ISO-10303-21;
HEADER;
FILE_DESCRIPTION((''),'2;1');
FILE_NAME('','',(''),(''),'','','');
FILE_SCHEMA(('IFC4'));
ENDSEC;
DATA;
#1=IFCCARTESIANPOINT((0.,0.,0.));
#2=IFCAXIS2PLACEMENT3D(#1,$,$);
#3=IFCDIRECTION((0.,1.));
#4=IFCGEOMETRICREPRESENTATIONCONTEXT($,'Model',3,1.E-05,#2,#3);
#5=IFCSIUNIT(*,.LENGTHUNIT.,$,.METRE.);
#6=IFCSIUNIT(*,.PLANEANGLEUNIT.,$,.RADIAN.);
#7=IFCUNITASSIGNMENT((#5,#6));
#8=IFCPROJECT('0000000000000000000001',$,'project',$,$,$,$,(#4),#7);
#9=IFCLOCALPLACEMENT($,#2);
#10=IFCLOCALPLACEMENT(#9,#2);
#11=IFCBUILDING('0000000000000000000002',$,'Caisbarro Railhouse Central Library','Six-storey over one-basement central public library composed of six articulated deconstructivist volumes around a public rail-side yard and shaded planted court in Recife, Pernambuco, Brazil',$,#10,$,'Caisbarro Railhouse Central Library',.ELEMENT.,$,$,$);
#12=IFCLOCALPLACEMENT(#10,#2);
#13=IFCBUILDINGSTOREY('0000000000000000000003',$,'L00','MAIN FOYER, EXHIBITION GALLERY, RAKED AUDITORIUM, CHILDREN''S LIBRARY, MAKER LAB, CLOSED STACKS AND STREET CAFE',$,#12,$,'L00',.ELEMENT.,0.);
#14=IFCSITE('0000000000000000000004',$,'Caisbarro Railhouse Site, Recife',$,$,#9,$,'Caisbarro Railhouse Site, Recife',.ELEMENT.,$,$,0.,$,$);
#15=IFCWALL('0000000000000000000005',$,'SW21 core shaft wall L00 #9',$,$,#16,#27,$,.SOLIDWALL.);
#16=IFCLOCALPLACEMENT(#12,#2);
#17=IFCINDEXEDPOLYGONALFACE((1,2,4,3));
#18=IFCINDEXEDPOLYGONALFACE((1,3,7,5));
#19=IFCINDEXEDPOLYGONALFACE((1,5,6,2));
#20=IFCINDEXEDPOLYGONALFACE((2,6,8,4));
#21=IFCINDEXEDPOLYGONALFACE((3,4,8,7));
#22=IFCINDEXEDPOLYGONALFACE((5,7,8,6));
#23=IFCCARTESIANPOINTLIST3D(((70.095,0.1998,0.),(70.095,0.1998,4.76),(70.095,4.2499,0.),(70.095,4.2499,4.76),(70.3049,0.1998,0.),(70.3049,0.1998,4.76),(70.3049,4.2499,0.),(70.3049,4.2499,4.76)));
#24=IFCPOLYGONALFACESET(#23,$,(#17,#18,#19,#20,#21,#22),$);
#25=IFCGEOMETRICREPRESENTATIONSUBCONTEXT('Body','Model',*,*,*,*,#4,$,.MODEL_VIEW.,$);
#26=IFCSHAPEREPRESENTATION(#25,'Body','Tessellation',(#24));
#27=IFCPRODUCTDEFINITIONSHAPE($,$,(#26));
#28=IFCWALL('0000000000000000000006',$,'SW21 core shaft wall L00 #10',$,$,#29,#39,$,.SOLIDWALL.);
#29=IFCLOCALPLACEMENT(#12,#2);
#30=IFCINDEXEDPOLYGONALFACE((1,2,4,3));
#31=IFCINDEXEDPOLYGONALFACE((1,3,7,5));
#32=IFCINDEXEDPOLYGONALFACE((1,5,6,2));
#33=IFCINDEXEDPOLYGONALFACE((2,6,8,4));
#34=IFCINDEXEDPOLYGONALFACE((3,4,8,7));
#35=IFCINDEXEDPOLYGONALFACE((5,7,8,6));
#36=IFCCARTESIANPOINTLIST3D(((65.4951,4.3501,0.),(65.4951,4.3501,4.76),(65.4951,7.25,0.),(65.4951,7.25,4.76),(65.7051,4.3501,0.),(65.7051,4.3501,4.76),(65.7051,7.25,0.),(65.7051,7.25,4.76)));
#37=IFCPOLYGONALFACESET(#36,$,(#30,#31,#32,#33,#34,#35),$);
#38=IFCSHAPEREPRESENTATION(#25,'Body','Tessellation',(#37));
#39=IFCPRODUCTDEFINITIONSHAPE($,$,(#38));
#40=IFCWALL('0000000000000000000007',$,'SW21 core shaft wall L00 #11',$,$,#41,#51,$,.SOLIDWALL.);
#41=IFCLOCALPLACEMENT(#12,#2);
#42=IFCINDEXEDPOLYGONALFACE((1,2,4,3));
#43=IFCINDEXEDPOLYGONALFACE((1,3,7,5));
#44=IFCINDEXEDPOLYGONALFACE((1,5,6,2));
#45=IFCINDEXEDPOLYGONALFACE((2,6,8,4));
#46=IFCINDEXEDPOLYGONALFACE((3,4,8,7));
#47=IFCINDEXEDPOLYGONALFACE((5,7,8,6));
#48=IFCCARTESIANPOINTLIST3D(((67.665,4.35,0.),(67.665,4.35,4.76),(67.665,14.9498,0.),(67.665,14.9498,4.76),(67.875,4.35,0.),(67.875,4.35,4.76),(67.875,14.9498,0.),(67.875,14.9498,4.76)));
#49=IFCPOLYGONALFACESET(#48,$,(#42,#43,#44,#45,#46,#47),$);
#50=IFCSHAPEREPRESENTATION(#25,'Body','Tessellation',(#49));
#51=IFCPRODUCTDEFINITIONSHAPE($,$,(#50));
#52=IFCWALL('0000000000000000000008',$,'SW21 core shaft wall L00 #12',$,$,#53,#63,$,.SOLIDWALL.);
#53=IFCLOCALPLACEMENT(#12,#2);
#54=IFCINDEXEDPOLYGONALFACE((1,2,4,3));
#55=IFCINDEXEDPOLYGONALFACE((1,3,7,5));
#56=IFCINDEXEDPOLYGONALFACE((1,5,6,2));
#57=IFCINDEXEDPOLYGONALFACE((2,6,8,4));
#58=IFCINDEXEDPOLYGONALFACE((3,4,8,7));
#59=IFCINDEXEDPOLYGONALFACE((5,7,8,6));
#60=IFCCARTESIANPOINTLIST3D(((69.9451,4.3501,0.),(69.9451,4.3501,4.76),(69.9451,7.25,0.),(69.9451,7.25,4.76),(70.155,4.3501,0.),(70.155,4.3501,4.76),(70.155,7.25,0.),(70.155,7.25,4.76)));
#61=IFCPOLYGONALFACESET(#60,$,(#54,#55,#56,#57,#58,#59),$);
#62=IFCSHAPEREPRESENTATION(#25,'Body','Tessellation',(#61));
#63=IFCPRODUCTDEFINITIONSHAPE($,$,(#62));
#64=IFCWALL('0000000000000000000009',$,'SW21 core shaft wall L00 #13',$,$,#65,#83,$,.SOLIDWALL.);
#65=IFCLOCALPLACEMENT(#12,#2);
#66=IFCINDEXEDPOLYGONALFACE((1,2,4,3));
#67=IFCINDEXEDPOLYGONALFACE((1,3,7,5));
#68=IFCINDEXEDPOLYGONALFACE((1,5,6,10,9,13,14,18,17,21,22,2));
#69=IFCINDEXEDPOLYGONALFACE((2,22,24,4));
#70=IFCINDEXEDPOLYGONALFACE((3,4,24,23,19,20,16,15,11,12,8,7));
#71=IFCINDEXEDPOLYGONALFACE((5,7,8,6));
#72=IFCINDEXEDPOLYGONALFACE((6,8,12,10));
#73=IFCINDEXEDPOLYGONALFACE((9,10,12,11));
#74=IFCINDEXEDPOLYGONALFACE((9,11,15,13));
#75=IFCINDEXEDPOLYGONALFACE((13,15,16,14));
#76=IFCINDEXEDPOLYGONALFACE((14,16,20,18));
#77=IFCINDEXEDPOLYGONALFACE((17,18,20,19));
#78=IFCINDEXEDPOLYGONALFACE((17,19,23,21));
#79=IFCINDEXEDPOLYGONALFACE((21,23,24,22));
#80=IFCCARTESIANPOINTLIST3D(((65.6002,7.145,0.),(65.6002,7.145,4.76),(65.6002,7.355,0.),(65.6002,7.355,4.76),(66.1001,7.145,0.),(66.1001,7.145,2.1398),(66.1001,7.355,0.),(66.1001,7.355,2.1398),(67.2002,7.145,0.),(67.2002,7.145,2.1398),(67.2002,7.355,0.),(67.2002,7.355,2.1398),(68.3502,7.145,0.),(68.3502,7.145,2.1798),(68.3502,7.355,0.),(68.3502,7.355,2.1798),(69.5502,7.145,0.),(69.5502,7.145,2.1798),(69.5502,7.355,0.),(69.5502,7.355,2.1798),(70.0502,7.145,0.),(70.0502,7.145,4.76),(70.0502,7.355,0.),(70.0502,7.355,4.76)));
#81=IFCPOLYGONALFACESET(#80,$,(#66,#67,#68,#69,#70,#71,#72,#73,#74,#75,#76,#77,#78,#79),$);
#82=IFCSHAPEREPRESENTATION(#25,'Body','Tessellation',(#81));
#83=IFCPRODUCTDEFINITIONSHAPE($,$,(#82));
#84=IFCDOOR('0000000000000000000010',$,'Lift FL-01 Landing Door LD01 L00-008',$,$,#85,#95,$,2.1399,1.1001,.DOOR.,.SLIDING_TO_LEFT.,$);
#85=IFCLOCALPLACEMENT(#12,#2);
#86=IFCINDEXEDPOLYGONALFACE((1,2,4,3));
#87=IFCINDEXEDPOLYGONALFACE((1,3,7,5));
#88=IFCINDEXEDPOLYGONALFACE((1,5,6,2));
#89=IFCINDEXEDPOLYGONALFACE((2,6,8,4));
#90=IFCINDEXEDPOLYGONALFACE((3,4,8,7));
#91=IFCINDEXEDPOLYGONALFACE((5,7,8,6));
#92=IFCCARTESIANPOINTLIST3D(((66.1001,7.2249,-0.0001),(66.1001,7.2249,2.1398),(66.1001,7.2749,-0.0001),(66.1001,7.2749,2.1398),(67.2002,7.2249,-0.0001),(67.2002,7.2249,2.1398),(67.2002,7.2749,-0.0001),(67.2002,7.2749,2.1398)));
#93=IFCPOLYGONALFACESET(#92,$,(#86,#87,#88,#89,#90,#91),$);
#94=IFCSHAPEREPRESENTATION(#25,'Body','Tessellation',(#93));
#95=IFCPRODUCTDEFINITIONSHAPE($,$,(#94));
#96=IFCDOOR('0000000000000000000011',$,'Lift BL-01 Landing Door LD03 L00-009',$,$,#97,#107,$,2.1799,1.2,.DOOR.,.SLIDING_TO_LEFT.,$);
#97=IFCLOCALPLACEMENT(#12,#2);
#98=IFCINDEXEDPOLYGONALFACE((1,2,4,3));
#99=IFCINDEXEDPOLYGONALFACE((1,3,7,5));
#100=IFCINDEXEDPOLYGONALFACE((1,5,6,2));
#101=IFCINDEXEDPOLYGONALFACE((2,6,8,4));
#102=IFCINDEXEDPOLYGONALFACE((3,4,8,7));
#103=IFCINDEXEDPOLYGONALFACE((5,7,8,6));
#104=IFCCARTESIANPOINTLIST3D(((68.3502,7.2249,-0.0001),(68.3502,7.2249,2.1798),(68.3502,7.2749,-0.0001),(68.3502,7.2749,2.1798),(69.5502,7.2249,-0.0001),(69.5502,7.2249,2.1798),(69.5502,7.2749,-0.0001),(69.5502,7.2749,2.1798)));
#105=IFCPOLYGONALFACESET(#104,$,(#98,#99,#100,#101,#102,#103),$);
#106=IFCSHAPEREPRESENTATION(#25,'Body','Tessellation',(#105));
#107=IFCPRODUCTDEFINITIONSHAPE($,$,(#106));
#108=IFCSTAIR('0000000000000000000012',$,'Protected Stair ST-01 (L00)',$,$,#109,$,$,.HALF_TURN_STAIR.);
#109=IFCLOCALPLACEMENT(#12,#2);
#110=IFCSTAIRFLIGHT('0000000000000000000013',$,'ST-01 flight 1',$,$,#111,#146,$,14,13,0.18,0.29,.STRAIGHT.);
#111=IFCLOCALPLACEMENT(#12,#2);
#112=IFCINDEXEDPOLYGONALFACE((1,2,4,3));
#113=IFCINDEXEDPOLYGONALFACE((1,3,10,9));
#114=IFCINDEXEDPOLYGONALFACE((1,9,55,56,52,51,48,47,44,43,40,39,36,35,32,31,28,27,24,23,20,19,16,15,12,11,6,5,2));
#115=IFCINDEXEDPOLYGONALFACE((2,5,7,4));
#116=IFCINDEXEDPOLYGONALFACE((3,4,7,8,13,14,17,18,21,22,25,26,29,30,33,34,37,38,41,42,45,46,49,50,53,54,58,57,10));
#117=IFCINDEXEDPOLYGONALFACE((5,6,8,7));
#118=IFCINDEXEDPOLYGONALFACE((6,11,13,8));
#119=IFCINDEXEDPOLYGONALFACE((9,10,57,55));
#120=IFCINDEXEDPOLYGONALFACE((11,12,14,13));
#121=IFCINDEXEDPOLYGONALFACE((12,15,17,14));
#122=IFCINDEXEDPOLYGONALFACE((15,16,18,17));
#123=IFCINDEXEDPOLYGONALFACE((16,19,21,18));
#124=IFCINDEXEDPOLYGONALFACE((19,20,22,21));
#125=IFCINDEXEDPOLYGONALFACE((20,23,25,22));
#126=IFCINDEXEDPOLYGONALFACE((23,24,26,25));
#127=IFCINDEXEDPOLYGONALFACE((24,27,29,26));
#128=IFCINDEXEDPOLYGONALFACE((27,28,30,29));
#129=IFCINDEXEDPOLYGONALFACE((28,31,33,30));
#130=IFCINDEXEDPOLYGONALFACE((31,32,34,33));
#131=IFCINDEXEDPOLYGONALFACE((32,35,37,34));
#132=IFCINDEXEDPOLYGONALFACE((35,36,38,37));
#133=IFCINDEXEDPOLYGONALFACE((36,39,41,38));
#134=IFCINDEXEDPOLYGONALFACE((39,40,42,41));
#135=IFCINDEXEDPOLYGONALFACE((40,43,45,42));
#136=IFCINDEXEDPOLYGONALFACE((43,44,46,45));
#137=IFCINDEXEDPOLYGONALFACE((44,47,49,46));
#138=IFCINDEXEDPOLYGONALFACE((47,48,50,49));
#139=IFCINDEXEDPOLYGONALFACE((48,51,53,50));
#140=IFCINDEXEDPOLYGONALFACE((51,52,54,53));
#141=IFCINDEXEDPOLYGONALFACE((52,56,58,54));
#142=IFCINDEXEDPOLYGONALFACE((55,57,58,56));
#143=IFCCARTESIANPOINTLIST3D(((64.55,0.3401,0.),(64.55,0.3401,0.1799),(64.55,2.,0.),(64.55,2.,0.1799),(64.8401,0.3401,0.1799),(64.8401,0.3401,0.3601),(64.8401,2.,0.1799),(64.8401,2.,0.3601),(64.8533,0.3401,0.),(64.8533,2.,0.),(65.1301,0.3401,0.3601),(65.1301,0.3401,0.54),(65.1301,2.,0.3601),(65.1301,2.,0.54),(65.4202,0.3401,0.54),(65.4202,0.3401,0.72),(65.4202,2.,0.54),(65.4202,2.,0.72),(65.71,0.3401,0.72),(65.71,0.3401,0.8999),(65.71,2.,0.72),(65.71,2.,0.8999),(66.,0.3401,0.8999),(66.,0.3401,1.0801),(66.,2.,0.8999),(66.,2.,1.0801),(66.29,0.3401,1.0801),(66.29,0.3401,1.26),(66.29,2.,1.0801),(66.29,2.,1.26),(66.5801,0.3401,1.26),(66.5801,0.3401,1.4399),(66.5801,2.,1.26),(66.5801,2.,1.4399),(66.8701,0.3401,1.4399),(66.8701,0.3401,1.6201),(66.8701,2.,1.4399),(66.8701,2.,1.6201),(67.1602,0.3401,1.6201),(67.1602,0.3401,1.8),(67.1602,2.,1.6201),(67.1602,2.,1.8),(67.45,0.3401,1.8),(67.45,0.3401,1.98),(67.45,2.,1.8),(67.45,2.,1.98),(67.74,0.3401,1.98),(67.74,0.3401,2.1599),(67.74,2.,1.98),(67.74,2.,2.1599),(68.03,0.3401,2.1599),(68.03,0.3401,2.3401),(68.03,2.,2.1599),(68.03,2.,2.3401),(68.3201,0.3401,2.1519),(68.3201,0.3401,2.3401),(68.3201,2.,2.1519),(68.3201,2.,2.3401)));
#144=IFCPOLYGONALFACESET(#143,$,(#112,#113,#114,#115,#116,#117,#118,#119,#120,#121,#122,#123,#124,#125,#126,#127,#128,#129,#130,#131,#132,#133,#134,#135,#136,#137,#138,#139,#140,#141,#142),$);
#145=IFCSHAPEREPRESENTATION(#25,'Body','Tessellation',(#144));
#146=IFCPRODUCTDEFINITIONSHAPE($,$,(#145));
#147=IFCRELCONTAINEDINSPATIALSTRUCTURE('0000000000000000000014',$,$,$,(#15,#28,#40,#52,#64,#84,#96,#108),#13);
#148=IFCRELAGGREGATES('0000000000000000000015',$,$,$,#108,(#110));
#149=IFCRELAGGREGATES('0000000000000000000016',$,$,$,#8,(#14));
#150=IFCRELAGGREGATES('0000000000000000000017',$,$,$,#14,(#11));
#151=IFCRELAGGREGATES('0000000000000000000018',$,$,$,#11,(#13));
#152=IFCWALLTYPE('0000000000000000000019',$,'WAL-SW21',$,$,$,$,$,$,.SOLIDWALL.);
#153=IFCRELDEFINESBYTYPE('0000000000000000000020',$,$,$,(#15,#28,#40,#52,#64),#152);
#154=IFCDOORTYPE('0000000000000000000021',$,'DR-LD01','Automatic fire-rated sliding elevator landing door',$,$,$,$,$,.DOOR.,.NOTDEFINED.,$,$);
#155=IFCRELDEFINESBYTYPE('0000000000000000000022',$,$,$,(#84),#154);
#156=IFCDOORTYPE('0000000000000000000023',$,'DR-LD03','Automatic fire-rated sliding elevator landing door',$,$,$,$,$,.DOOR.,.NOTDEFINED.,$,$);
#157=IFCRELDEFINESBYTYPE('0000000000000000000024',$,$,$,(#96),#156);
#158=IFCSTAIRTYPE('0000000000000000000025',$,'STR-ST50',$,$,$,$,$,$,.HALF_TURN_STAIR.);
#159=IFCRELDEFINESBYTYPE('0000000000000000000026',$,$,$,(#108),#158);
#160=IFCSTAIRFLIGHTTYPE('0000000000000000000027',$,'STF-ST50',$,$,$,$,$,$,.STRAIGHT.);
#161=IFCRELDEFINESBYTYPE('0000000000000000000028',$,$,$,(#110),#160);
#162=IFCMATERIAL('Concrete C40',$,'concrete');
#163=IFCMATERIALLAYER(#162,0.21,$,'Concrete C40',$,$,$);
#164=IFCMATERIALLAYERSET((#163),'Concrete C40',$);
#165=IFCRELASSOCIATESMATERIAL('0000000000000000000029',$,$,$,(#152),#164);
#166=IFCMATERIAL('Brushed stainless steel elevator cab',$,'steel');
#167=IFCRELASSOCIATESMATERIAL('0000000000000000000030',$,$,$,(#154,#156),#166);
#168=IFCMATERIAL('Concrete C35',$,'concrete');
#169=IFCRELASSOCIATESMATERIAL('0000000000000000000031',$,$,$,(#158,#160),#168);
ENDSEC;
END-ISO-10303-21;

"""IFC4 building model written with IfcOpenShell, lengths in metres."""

from ifc_helpers import new_model, si_unit, direction, frame, frame_2d, origin, place, context, subcontext, project, spatial, polyline, rectangle, outline, extrude, material, layer, layer_set, type_object, element, fill, aggregate, save


model = new_model("IFC4")

# Units and contexts
model_context = context("Model", 3, precision=1e-05, world=origin(), true_north=direction((0.0, 1.0)))
body_context = subcontext(model_context, "Body", "Model", "MODEL_VIEW")
ifc_project = project(units=[si_unit("LENGTHUNIT", "METRE"), si_unit("PLANEANGLEUNIT", "RADIAN")], contexts=[model_context])

# Site, building, storey
site_placement = place(None, origin())
site = spatial("IfcSite", under=ifc_project, at=site_placement, Name="Caisbarro Railhouse Site, Recife", LongName="Caisbarro Railhouse Site, Recife", CompositionType="ELEMENT", RefElevation=0.0)
building_placement = place(site_placement, origin())
building = spatial("IfcBuilding", under=site, at=building_placement, Name="Caisbarro Railhouse Central Library", Description="Six-storey over one-basement central public library composed of six articulated deconstructivist volumes around a public rail-side yard and shaded planted court in Recife, Pernambuco, Brazil", LongName="Caisbarro Railhouse Central Library", CompositionType="ELEMENT")
storey_placement = place(building_placement, origin())
storey = spatial("IfcBuildingStorey", under=building, at=storey_placement, Name="L00", Description="MAIN FOYER, EXHIBITION GALLERY, RAKED AUDITORIUM, CHILDREN'S LIBRARY, MAKER LAB, CLOSED STACKS AND STREET CAFE", LongName="L00", CompositionType="ELEMENT", Elevation=0.0)

# Shared definitions
ifc_material_1 = material(Name="Concrete C40", Category="concrete")

# Shared definitions
ifc_layer_1 = layer(ifc_material_1, 0.21, Name="Concrete C40")
ifc_layer_set_1 = layer_set([ifc_layer_1], Name="Concrete C40")
wall_type_1 = type_object("IfcWallType", Name="WAL-SW21", PredefinedType="SOLIDWALL", material=ifc_layer_set_1)

# Walls
wall_1_placement = place(storey_placement, frame((70.2, 0.2, 0.0), z_axis=(0.0, 0.0, 1.0), x_axis=(0.0, 1.0, 0.0)))
element("IfcWall", 1, at=wall_1_placement, inside=storey, type_object=wall_type_1, Name="SW21 core shaft wall L00 #9", PredefinedType="SOLIDWALL", context=body_context, shape_type="SweptSolid", body=[
    extrude(rectangle(XDim=4.05, YDim=0.21, at=frame_2d((2.0249, 0.0))), origin(), (0.0, 0.0, 1.0), 4.76),
])
wall_2_placement = place(storey_placement, frame((65.6001, 4.3501, 0.0), z_axis=(0.0, 0.0, 1.0), x_axis=(0.0, 1.0, 0.0)))
element("IfcWall", 2, at=wall_2_placement, inside=storey, type_object=wall_type_1, Name="SW21 core shaft wall L00 #10", PredefinedType="SOLIDWALL", context=body_context, shape_type="SweptSolid", body=[
    extrude(rectangle(XDim=2.8999, YDim=0.21, at=frame_2d((1.45, 0.0))), origin(), (0.0, 0.0, 1.0), 4.76),
])
wall_3_placement = place(storey_placement, frame((67.77, 4.3501, 0.0), z_axis=(0.0, 0.0, 1.0), x_axis=(0.0, 1.0, 0.0)))
element("IfcWall", 3, at=wall_3_placement, inside=storey, type_object=wall_type_1, Name="SW21 core shaft wall L00 #11", PredefinedType="SOLIDWALL", context=body_context, shape_type="SweptSolid", body=[
    extrude(rectangle(XDim=10.5999, YDim=0.21, at=frame_2d((5.2998, 0.0))), origin(), (0.0, 0.0, 1.0), 4.76),
])
wall_4_placement = place(storey_placement, frame((70.05, 4.3501, 0.0), z_axis=(0.0, 0.0, 1.0), x_axis=(0.0, 1.0, 0.0)))
element("IfcWall", 4, at=wall_4_placement, inside=storey, type_object=wall_type_1, Name="SW21 core shaft wall L00 #12", PredefinedType="SOLIDWALL", context=body_context, shape_type="SweptSolid", body=[
    extrude(rectangle(XDim=2.8999, YDim=0.21, at=frame_2d((1.45, 0.0))), origin(), (0.0, 0.0, 1.0), 4.76),
])

# Wall, openings, doors
wall_5_placement = place(storey_placement, frame((65.6001, 7.25, 0.0), z_axis=(0.0, 0.0, 1.0), x_axis=(1.0, 0.0, 0.0)))
wall_5 = element("IfcWall", 5, at=wall_5_placement, inside=storey, type_object=wall_type_1, Name="SW21 core shaft wall L00 #13", PredefinedType="SOLIDWALL", context=body_context, shape_type="SweptSolid", body=[
    extrude(rectangle(XDim=4.45, YDim=0.21, at=frame_2d((2.2251, 0.0))), origin(), (0.0, 0.0, 1.0), 4.76),
])
opening_1_placement = place(wall_5_placement, frame((0.5, 0.0, 0.0)))
opening_1 = element("IfcOpeningElement", 6, at=opening_1_placement, cuts=wall_5, PredefinedType="OPENING", context=body_context, shape_type="SweptSolid", body=[
    extrude(rectangle(XDim=1.1001, YDim=2.1399, at=frame_2d((0.55, 1.0698))), frame((0.0, 0.115, 0.0), z_axis=(0.0, -1.0, 0.0), x_axis=(1.0, 0.0, 0.0)), (0.0, 0.0, 1.0), 0.23),
])
opening_2_placement = place(wall_5_placement, frame((2.75, 0.0, 0.0)))
opening_2 = element("IfcOpeningElement", 7, at=opening_2_placement, cuts=wall_5, PredefinedType="OPENING", context=body_context, shape_type="SweptSolid", body=[
    extrude(rectangle(XDim=1.2, YDim=2.1799, at=frame_2d((0.6001, 1.0898))), frame((0.0, 0.115, 0.0), z_axis=(0.0, -1.0, 0.0), x_axis=(1.0, 0.0, 0.0)), (0.0, 0.0, 1.0), 0.23),
])
ifc_material_2 = material(Name="Brushed stainless steel elevator cab", Category="steel")
door_type_1 = type_object("IfcDoorType", Name="DR-LD01", Description="Automatic fire-rated sliding elevator landing door", OperationType="NOTDEFINED", PredefinedType="DOOR", material=ifc_material_2)
door_1_placement = place(opening_1_placement, origin())
door_1 = element("IfcDoor", 8, at=door_1_placement, inside=storey, type_object=door_type_1, Name="Lift FL-01 Landing Door LD01 L00-008", OperationType="SLIDING_TO_LEFT", OverallHeight=2.1399, OverallWidth=1.1001, PredefinedType="DOOR", context=body_context, shape_type="SweptSolid", body=[
    extrude(rectangle(XDim=1.1001, YDim=2.1399, at=frame_2d((0.55, 1.0698))), frame((0.0, 0.0249, 0.0), z_axis=(0.0, -1.0, 0.0), x_axis=(1.0, 0.0, 0.0)), (0.0, 0.0, 1.0), 0.05),
])
fill(opening_1, door_1)
door_type_2 = type_object("IfcDoorType", Name="DR-LD03", Description="Automatic fire-rated sliding elevator landing door", OperationType="NOTDEFINED", PredefinedType="DOOR", material=ifc_material_2)
door_2_placement = place(opening_2_placement, origin())
door_2 = element("IfcDoor", 9, at=door_2_placement, inside=storey, type_object=door_type_2, Name="Lift BL-01 Landing Door LD03 L00-009", OperationType="SLIDING_TO_LEFT", OverallHeight=2.1799, OverallWidth=1.2, PredefinedType="DOOR", context=body_context, shape_type="SweptSolid", body=[
    extrude(rectangle(XDim=1.2, YDim=2.1799, at=frame_2d((0.6001, 1.0898))), frame((0.0, 0.0249, 0.0), z_axis=(0.0, -1.0, 0.0), x_axis=(1.0, 0.0, 0.0)), (0.0, 0.0, 1.0), 0.05),
])
fill(opening_2, door_2)

# Stair, stair flight
ifc_material_3 = material(Name="Concrete C35", Category="concrete")
stair_type = type_object("IfcStairType", Name="STR-ST50", PredefinedType="HALF_TURN_STAIR", material=ifc_material_3)
stair_placement = place(storey_placement, origin())
stair = element("IfcStair", 10, at=stair_placement, inside=storey, type_object=stair_type, Name="Protected Stair ST-01 (L00)", PredefinedType="HALF_TURN_STAIR")
stair_flight_type = type_object("IfcStairFlightType", Name="STF-ST50", PredefinedType="STRAIGHT", material=ifc_material_3)
stair_flight_1_placement = place(storey_placement, frame((64.55, 1.1699, 0.0), z_axis=(0.0, 0.0, 1.0), x_axis=(1.0, 0.0, 0.0)))
stair_flight_1 = element("IfcStairFlight", 11, at=stair_flight_1_placement, type_object=stair_flight_type, Name="ST-01 flight 1", NumberOfRisers=14, NumberOfTreads=13, PredefinedType="STRAIGHT", RiserHeight=0.18, TreadLength=0.29, context=body_context, shape_type="SweptSolid", body=[
    extrude(outline(polyline([(0.0, 0.0), (0.0, 0.1799), (0.29, 0.1799), (0.29, 0.3601), (0.5801, 0.3601), (0.5801, 0.54), (0.8701, 0.54), (0.8701, 0.72), (1.1599, 0.72), (1.1599, 0.8999), (1.45, 0.8999), (1.45, 1.0801), (1.74, 1.0801), (1.74, 1.26), (2.03, 1.26), (2.03, 1.4399), (2.3201, 1.4399), (2.3201, 1.6201), (2.6101, 1.6201), (2.6101, 1.8), (2.8999, 1.8), (2.8999, 1.98), (3.1899, 1.98), (3.1899, 2.1599), (3.48, 2.1599), (3.48, 2.3401), (3.77, 2.3401), (3.77, 2.52), (3.77, 2.1519), (0.3032, 0.0), (0.0, 0.0)])), frame((0.0, 0.8301, 0.0), z_axis=(0.0, -1.0, 0.0), x_axis=(1.0, 0.0, 0.0)), (0.0, 0.0, 1.0), 1.6599),
])
aggregate(stair, [stair_flight_1])

save(model, "model.ifc")
